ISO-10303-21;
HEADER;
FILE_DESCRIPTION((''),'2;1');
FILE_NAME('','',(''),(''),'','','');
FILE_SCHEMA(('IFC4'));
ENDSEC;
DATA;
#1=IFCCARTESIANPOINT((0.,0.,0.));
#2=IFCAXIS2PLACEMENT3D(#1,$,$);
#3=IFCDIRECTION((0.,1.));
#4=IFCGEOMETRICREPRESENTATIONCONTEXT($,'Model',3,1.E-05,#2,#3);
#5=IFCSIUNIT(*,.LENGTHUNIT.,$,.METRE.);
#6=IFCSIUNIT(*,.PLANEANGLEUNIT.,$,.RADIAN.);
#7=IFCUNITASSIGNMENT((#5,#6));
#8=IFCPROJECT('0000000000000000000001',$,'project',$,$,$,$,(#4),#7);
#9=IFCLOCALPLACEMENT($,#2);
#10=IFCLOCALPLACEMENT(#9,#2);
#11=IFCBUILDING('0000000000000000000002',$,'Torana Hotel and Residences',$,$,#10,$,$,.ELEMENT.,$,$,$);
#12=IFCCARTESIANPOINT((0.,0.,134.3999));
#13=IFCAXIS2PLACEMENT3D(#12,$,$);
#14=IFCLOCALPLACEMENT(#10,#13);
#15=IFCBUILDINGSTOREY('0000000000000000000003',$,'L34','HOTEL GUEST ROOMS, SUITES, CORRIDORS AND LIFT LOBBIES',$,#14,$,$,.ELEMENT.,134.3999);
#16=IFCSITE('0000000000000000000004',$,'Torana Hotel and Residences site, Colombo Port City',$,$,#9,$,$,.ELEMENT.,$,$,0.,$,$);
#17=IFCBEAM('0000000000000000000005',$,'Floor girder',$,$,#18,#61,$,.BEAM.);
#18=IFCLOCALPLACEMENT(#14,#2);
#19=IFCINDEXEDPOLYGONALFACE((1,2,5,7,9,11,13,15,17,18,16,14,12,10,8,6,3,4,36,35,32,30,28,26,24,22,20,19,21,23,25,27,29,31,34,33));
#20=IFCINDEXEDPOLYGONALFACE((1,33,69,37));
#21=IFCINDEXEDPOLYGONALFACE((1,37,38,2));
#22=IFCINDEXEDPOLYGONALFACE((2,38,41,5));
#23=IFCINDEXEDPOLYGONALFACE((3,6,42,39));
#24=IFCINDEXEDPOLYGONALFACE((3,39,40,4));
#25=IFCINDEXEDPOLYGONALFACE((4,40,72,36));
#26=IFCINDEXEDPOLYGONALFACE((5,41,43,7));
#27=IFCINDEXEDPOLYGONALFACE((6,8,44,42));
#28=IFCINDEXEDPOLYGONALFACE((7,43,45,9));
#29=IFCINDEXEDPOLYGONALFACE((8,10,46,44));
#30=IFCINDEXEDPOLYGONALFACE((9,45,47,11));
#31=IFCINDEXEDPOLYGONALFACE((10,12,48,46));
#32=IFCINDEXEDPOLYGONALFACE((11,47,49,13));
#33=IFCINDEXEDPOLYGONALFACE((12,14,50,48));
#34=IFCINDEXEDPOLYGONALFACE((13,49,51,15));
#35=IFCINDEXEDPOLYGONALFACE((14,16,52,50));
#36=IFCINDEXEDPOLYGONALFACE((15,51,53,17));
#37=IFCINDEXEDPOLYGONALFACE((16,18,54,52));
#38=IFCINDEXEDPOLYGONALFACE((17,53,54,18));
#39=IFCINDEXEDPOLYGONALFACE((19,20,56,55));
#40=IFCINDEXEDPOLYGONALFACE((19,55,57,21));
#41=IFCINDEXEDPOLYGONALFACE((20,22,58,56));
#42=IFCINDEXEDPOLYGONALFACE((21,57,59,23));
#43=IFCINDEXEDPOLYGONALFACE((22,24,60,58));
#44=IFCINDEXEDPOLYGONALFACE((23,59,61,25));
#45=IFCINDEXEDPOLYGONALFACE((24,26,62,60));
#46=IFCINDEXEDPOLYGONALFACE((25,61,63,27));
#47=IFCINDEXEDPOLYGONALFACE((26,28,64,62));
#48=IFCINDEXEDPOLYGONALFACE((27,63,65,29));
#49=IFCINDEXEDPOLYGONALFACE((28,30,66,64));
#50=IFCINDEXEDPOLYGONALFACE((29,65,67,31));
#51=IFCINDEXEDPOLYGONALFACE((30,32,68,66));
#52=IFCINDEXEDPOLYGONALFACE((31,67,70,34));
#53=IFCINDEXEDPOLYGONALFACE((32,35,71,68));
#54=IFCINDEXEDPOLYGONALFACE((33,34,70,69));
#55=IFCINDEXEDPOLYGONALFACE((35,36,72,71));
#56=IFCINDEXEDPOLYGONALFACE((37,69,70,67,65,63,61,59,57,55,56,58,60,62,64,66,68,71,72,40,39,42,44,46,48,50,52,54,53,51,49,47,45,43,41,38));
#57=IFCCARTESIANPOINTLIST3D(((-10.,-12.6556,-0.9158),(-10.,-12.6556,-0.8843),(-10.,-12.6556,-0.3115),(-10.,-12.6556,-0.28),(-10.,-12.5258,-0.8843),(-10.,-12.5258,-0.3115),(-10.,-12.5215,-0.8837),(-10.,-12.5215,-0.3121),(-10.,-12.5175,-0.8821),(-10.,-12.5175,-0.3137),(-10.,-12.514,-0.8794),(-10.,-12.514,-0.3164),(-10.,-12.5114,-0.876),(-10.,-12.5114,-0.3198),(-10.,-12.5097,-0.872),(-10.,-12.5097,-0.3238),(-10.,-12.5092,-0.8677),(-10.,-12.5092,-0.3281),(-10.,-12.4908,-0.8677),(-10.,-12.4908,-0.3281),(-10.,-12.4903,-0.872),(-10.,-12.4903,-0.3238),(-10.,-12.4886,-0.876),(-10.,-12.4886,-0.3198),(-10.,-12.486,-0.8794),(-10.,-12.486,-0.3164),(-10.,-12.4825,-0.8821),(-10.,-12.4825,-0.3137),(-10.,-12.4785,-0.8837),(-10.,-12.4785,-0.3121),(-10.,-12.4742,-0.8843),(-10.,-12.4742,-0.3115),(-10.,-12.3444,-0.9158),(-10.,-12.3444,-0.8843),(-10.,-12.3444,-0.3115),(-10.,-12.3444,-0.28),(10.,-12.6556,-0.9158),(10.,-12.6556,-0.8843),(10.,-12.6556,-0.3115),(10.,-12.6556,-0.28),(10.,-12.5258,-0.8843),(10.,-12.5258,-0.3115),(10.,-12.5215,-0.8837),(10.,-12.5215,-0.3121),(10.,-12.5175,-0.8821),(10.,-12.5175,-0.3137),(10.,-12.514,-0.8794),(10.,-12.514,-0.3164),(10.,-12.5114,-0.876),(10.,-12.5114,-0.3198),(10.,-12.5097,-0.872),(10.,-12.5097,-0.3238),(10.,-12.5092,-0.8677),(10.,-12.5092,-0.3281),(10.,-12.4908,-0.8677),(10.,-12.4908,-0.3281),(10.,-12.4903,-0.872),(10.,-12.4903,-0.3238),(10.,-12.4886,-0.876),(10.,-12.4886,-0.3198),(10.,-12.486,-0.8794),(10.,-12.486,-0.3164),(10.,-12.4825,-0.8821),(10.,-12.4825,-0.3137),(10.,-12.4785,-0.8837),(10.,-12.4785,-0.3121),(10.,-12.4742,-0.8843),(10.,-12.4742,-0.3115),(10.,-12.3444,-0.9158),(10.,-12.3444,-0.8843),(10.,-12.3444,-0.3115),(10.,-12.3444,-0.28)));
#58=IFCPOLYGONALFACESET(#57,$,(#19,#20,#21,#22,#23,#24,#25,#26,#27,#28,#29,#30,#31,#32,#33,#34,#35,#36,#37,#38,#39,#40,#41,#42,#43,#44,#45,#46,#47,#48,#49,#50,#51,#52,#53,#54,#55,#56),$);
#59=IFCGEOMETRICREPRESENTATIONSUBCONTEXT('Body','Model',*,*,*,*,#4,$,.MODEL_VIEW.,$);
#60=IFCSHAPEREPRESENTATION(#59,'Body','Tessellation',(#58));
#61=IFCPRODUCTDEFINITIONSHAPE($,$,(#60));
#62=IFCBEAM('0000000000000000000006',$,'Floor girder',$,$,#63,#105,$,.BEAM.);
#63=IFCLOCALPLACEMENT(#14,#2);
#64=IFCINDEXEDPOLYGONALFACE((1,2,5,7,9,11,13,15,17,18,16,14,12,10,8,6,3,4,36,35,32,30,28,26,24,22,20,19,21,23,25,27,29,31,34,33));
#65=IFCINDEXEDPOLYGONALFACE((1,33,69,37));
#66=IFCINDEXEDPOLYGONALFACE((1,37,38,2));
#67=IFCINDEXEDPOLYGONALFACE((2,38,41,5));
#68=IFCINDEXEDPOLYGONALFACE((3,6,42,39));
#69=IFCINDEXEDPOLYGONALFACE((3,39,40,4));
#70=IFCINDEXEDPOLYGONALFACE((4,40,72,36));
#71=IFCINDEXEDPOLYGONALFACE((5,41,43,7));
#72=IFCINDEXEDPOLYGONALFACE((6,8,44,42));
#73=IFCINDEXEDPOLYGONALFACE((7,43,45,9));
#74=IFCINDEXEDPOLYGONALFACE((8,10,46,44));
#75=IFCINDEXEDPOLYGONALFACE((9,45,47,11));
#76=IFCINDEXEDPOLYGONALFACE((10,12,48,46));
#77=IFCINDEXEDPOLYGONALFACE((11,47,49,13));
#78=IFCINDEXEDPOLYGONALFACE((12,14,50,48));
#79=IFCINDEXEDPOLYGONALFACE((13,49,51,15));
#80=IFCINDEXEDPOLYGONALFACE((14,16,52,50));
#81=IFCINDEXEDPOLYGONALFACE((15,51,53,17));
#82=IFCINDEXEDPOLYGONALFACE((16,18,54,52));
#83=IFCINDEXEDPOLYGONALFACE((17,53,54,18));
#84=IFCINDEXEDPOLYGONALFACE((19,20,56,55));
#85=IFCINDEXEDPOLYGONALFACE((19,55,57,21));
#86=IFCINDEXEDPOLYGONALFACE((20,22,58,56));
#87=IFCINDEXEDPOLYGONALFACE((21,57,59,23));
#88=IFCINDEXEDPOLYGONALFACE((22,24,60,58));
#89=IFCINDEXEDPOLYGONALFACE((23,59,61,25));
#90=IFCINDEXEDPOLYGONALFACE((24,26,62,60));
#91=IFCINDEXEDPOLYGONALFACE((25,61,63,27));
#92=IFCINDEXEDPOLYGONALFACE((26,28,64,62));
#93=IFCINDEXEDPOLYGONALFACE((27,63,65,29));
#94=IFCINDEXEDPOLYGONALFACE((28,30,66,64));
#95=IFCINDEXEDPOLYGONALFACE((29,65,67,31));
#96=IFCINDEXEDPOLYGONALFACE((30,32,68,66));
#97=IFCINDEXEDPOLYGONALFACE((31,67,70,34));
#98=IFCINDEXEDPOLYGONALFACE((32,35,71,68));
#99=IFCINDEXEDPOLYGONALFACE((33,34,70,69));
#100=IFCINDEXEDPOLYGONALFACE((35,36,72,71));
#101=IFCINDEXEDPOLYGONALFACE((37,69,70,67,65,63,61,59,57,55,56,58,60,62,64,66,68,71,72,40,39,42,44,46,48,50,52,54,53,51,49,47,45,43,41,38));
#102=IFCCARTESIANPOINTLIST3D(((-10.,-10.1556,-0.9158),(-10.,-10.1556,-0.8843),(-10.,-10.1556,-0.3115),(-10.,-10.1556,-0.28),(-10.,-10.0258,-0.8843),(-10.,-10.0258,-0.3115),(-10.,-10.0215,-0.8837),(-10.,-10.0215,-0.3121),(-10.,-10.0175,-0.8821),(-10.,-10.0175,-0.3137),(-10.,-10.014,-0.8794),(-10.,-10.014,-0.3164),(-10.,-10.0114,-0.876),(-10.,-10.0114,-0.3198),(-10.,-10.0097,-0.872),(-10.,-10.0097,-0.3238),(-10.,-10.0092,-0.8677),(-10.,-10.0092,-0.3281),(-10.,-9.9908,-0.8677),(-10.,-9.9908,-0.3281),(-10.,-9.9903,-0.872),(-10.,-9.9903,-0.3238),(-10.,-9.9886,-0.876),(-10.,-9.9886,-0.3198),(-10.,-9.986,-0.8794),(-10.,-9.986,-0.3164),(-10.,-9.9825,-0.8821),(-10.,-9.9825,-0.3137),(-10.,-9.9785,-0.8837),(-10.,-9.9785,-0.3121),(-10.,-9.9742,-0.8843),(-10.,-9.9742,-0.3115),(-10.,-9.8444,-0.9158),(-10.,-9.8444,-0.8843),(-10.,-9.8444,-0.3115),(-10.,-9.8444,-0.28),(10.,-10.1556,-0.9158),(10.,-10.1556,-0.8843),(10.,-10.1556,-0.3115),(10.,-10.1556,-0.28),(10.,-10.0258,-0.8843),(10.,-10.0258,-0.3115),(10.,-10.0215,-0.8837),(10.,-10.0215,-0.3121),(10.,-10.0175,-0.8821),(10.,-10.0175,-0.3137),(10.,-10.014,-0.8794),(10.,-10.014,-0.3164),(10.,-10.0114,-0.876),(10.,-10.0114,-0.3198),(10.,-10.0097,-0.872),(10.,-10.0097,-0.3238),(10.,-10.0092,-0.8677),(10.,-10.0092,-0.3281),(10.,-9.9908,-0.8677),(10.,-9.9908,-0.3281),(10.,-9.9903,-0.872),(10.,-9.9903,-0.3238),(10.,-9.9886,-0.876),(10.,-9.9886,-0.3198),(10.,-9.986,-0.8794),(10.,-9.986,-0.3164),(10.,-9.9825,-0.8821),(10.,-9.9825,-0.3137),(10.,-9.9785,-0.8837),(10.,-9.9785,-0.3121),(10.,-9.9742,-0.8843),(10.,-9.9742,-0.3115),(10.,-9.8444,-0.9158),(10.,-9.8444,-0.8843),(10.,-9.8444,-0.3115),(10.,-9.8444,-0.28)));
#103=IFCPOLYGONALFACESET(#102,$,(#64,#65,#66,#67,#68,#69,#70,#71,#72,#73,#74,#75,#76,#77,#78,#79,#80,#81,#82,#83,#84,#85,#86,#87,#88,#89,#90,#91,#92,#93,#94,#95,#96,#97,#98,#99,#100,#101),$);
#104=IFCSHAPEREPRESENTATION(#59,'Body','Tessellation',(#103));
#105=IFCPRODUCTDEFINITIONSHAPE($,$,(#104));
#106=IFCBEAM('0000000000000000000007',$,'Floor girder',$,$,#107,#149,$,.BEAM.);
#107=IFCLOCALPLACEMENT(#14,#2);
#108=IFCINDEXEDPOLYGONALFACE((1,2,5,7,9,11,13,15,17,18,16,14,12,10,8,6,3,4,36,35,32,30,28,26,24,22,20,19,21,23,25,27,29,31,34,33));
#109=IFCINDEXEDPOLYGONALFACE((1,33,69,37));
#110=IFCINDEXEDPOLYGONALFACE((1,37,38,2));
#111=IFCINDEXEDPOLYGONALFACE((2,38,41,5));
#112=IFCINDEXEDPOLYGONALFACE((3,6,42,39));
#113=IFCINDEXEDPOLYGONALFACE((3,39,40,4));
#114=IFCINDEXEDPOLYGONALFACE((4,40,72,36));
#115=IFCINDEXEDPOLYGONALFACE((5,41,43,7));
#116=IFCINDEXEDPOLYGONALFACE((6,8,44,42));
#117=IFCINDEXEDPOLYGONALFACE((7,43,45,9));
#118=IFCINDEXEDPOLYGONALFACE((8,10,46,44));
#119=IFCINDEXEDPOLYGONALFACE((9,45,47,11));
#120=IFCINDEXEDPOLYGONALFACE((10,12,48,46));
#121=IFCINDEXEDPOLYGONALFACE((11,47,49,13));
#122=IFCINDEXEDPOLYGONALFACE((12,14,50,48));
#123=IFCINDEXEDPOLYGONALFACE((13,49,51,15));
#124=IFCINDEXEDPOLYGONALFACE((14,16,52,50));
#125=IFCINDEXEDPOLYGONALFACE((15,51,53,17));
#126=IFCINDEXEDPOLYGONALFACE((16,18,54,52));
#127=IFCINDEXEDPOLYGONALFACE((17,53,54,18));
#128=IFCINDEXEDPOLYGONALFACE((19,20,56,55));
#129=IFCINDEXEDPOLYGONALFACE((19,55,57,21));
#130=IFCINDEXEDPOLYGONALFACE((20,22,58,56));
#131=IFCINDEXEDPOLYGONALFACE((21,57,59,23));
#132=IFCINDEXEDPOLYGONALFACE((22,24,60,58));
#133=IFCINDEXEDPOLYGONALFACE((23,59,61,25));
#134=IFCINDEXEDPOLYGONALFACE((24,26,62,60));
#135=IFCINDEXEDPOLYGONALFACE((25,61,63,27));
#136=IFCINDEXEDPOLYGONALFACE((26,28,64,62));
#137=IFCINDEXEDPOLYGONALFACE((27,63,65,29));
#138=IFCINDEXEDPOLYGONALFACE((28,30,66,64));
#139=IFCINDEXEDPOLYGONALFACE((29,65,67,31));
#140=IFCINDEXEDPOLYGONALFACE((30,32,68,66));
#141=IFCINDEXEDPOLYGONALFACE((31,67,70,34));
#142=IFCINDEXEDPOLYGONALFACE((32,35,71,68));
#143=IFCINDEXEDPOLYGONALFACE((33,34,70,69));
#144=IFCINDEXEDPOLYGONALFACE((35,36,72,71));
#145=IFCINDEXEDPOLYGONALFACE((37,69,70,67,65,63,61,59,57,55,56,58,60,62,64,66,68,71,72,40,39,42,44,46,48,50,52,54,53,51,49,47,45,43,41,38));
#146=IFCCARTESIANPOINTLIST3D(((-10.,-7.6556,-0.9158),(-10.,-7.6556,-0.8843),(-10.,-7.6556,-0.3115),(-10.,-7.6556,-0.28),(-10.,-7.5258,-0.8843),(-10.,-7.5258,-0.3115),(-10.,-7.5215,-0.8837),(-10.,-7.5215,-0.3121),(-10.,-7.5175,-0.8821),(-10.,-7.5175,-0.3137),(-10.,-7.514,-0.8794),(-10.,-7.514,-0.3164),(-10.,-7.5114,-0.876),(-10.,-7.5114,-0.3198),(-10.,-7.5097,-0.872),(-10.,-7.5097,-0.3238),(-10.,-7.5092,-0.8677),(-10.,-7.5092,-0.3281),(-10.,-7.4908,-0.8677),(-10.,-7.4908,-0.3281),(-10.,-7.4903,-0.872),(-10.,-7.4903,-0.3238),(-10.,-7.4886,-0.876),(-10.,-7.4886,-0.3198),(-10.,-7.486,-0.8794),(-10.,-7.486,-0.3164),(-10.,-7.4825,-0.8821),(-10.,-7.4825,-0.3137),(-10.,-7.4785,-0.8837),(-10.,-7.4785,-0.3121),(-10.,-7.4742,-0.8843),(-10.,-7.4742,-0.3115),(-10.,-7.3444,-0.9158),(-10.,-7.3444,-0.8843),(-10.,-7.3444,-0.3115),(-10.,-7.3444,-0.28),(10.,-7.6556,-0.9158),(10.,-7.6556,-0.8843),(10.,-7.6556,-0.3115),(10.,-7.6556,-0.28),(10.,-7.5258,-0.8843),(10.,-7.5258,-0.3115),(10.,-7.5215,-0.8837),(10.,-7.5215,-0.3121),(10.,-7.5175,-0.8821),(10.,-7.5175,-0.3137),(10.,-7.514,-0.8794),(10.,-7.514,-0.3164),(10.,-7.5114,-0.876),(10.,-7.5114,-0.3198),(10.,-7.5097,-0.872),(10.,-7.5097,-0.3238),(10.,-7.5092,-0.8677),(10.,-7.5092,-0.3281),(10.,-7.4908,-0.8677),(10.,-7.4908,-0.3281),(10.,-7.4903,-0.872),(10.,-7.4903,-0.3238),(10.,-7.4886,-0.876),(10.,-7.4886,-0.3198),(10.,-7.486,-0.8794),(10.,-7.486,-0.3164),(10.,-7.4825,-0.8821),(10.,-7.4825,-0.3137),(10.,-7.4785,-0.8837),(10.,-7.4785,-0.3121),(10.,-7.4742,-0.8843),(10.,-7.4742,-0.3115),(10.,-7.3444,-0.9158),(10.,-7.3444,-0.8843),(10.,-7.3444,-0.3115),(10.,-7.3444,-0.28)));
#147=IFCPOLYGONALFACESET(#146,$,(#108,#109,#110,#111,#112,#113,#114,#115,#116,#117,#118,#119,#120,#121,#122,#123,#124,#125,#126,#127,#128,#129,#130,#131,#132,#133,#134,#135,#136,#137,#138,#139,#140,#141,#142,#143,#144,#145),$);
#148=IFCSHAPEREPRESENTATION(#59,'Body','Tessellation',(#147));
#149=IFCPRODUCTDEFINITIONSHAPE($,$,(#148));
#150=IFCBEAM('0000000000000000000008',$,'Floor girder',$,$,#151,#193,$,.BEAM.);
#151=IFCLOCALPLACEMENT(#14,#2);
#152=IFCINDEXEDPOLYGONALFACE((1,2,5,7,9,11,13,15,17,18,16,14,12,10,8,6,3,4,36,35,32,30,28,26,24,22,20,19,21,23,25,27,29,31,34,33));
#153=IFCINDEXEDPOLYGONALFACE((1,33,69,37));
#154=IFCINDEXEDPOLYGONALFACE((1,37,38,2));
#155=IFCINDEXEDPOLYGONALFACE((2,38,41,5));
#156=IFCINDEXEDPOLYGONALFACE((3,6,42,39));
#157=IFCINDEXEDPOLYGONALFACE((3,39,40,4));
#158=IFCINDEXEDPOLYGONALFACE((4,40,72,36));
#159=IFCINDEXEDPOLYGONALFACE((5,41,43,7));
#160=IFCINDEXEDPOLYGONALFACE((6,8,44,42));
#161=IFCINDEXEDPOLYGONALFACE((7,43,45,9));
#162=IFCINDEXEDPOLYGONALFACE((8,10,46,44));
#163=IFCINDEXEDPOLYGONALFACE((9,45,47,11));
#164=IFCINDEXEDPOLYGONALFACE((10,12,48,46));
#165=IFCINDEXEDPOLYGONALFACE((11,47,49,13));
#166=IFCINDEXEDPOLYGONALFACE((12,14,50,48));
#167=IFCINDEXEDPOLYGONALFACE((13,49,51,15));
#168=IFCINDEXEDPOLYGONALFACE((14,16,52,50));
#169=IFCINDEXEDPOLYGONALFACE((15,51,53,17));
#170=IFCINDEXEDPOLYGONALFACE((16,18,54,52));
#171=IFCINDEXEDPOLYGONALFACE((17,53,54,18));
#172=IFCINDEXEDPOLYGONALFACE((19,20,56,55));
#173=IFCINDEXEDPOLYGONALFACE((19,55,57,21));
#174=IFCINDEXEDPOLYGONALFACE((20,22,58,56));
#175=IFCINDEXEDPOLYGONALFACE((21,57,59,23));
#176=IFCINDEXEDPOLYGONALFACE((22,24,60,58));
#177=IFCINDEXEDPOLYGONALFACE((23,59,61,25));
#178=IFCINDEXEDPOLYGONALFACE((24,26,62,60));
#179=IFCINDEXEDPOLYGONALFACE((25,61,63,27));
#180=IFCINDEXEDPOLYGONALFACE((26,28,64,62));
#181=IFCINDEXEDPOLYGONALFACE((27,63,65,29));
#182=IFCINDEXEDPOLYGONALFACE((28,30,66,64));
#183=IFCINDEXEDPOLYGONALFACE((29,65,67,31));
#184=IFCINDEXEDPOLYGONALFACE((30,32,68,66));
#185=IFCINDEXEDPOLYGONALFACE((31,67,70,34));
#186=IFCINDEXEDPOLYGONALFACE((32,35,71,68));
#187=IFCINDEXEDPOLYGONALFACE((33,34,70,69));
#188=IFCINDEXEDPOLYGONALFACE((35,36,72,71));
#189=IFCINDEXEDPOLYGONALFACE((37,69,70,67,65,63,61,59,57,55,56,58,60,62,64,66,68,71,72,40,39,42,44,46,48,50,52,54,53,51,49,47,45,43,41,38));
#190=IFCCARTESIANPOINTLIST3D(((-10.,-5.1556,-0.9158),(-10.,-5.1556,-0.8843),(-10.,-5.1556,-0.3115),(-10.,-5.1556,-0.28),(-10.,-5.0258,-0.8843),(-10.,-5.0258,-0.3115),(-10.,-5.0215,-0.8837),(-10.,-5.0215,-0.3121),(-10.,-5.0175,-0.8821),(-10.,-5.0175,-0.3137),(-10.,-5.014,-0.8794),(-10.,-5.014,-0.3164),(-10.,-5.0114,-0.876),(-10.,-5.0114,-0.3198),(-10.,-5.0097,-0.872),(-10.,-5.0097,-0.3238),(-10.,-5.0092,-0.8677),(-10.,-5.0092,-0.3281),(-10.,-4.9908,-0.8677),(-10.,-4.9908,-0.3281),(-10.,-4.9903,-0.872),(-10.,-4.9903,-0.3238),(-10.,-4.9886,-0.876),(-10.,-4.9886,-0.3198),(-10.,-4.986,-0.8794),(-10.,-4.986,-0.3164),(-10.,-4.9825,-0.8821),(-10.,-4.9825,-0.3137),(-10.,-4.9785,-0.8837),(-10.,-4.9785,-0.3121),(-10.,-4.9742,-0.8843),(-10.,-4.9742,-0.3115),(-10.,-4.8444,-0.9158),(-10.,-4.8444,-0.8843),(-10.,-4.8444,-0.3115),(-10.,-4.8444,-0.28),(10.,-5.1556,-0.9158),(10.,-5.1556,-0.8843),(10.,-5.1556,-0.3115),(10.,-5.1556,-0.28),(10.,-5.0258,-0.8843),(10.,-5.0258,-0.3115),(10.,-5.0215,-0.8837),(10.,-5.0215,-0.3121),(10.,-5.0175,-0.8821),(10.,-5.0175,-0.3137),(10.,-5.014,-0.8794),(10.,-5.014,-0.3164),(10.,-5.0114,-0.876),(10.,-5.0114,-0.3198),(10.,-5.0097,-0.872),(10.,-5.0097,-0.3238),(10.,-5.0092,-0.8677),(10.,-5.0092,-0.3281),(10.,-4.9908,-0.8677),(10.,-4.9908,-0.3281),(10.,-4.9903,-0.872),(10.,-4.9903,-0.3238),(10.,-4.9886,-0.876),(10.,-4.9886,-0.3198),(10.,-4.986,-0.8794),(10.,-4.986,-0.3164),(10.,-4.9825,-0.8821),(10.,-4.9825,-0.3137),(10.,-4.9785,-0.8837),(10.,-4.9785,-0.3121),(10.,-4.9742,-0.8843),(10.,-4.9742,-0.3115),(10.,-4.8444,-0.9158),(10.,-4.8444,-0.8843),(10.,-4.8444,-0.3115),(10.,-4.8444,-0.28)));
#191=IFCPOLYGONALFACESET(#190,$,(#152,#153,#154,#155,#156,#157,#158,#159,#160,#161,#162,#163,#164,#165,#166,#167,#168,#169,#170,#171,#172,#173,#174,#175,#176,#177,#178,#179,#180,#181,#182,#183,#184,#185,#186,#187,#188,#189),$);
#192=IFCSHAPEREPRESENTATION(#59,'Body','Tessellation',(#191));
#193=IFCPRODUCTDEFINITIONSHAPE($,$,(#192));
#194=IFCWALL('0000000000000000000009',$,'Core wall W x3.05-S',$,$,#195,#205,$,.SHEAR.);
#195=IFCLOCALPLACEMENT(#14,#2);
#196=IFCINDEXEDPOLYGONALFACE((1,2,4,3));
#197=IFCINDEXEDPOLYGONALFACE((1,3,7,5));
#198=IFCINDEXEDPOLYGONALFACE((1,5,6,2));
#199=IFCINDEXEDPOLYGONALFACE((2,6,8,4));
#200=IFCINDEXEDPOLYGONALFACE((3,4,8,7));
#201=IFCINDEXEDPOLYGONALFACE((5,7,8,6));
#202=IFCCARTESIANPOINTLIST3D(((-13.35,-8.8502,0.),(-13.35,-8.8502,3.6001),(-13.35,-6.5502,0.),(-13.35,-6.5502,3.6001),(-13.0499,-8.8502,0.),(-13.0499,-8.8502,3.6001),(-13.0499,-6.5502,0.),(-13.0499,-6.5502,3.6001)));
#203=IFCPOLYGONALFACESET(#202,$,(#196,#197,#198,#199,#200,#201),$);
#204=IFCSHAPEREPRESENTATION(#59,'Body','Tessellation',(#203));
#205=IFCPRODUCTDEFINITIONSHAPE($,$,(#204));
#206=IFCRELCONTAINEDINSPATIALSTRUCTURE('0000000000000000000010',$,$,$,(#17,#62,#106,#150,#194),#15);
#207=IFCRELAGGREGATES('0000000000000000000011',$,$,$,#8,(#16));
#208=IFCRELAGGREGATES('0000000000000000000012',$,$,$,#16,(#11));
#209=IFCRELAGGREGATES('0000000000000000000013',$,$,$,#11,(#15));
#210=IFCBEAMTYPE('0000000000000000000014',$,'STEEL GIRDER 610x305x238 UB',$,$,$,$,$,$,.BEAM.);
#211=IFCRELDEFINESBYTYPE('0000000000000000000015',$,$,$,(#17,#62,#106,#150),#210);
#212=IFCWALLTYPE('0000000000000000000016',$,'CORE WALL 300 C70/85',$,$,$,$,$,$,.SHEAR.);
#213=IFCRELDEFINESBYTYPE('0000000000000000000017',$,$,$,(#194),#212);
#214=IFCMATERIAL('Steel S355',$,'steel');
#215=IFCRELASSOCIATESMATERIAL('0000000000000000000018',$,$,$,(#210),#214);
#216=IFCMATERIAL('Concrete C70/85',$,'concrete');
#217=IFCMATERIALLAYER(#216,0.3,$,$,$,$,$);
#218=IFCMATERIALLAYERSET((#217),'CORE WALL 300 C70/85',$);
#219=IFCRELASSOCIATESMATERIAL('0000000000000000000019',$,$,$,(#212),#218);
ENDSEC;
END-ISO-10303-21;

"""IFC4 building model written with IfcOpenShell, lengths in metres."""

from ifc_helpers import new_model, si_unit, direction, frame, frame_2d, origin, origin_2d, place, context, subcontext, project, spatial, rectangle, i_section, extrude, material, layer, layer_set, material_profile, profile_set, type_object, element, save


model = new_model("IFC4")

# Units and contexts
model_context = context("Model", 3, precision=1e-05, world=origin(), true_north=direction((0.0, 1.0)))
body_context = subcontext(model_context, "Body", "Model", "MODEL_VIEW")
ifc_project = project(units=[si_unit("LENGTHUNIT", "METRE"), si_unit("PLANEANGLEUNIT", "RADIAN")], contexts=[model_context])

# Site, building, storey
site_placement = place(None, origin())
site = spatial("IfcSite", under=ifc_project, at=site_placement, Name="Torana Hotel and Residences site, Colombo Port City", CompositionType="ELEMENT", RefElevation=0.0)
building_placement = place(site_placement, origin())
building = spatial("IfcBuilding", under=site, at=building_placement, Name="Torana Hotel and Residences", CompositionType="ELEMENT")
storey_placement = place(building_placement, frame((0.0, 0.0, 134.3999)))
storey = spatial("IfcBuildingStorey", under=building, at=storey_placement, Name="L34", Description="HOTEL GUEST ROOMS, SUITES, CORRIDORS AND LIFT LOBBIES", CompositionType="ELEMENT", Elevation=134.3999)

# Beams
ifc_material_1 = material(Name="Steel S355", Category="steel")
ifc_material_profile = material_profile(ifc_material_1, i_section(OverallWidth=0.3113, OverallDepth=0.6357, WebThickness=0.0183, FlangeThickness=0.0315, FilletRadius=0.0166, at=origin_2d()), Name="610x305x238 UB")
ifc_profile_set = profile_set([ifc_material_profile], Name="Steel S355")
beam_type = type_object("IfcBeamType", Name="STEEL GIRDER 610x305x238 UB", PredefinedType="BEAM", material=ifc_profile_set)
for number, where, z_axis, x_axis, name in (
    (1, (-10.0, -12.5, -0.5979), (1.0, 0.0, 0.0), (0.0, 1.0, 0.0), "Floor girder"),
    (2, (-10.0, -10.0, -0.5979), (1.0, 0.0, 0.0), (0.0, 1.0, 0.0), "Floor girder"),
    (3, (-10.0, -7.5, -0.5979), (1.0, 0.0, 0.0), (0.0, 1.0, 0.0), "Floor girder"),
    (4, (-10.0, -5.0, -0.5979), (1.0, 0.0, 0.0), (0.0, 1.0, 0.0), "Floor girder"),
):
    element("IfcBeam", number, at=place(storey_placement, frame(where, z_axis=z_axis, x_axis=x_axis)), inside=storey, type_object=beam_type, Name=name, PredefinedType="BEAM", context=body_context, shape_type="SweptSolid", body=[
        extrude(i_section(OverallWidth=0.3113, OverallDepth=0.6357, WebThickness=0.0183, FlangeThickness=0.0315, FilletRadius=0.0166, at=origin_2d()), origin(), (0.0, 0.0, 1.0), 20.0),
    ])

# Wall
ifc_material_2 = material(Name="Concrete C70/85", Category="concrete")
ifc_layer_1 = layer(ifc_material_2, 0.3)
ifc_layer_set_1 = layer_set([ifc_layer_1], Name="CORE WALL 300 C70/85")
wall_type_1 = type_object("IfcWallType", Name="CORE WALL 300 C70/85", PredefinedType="SHEAR", material=ifc_layer_set_1)
wall_1_placement = place(storey_placement, frame((-13.2, -8.8501, 0.0), z_axis=(0.0, 0.0, 1.0), x_axis=(0.0, 1.0, 0.0)))
element("IfcWall", 5, at=wall_1_placement, inside=storey, type_object=wall_type_1, Name="Core wall W x3.05-S", PredefinedType="SHEAR", context=body_context, shape_type="SweptSolid", body=[
    extrude(rectangle(XDim=2.3, YDim=0.3, at=frame_2d((1.1499, 0.0))), origin(), (0.0, 0.0, 1.0), 3.6001),
])

save(model, "model.ifc")
